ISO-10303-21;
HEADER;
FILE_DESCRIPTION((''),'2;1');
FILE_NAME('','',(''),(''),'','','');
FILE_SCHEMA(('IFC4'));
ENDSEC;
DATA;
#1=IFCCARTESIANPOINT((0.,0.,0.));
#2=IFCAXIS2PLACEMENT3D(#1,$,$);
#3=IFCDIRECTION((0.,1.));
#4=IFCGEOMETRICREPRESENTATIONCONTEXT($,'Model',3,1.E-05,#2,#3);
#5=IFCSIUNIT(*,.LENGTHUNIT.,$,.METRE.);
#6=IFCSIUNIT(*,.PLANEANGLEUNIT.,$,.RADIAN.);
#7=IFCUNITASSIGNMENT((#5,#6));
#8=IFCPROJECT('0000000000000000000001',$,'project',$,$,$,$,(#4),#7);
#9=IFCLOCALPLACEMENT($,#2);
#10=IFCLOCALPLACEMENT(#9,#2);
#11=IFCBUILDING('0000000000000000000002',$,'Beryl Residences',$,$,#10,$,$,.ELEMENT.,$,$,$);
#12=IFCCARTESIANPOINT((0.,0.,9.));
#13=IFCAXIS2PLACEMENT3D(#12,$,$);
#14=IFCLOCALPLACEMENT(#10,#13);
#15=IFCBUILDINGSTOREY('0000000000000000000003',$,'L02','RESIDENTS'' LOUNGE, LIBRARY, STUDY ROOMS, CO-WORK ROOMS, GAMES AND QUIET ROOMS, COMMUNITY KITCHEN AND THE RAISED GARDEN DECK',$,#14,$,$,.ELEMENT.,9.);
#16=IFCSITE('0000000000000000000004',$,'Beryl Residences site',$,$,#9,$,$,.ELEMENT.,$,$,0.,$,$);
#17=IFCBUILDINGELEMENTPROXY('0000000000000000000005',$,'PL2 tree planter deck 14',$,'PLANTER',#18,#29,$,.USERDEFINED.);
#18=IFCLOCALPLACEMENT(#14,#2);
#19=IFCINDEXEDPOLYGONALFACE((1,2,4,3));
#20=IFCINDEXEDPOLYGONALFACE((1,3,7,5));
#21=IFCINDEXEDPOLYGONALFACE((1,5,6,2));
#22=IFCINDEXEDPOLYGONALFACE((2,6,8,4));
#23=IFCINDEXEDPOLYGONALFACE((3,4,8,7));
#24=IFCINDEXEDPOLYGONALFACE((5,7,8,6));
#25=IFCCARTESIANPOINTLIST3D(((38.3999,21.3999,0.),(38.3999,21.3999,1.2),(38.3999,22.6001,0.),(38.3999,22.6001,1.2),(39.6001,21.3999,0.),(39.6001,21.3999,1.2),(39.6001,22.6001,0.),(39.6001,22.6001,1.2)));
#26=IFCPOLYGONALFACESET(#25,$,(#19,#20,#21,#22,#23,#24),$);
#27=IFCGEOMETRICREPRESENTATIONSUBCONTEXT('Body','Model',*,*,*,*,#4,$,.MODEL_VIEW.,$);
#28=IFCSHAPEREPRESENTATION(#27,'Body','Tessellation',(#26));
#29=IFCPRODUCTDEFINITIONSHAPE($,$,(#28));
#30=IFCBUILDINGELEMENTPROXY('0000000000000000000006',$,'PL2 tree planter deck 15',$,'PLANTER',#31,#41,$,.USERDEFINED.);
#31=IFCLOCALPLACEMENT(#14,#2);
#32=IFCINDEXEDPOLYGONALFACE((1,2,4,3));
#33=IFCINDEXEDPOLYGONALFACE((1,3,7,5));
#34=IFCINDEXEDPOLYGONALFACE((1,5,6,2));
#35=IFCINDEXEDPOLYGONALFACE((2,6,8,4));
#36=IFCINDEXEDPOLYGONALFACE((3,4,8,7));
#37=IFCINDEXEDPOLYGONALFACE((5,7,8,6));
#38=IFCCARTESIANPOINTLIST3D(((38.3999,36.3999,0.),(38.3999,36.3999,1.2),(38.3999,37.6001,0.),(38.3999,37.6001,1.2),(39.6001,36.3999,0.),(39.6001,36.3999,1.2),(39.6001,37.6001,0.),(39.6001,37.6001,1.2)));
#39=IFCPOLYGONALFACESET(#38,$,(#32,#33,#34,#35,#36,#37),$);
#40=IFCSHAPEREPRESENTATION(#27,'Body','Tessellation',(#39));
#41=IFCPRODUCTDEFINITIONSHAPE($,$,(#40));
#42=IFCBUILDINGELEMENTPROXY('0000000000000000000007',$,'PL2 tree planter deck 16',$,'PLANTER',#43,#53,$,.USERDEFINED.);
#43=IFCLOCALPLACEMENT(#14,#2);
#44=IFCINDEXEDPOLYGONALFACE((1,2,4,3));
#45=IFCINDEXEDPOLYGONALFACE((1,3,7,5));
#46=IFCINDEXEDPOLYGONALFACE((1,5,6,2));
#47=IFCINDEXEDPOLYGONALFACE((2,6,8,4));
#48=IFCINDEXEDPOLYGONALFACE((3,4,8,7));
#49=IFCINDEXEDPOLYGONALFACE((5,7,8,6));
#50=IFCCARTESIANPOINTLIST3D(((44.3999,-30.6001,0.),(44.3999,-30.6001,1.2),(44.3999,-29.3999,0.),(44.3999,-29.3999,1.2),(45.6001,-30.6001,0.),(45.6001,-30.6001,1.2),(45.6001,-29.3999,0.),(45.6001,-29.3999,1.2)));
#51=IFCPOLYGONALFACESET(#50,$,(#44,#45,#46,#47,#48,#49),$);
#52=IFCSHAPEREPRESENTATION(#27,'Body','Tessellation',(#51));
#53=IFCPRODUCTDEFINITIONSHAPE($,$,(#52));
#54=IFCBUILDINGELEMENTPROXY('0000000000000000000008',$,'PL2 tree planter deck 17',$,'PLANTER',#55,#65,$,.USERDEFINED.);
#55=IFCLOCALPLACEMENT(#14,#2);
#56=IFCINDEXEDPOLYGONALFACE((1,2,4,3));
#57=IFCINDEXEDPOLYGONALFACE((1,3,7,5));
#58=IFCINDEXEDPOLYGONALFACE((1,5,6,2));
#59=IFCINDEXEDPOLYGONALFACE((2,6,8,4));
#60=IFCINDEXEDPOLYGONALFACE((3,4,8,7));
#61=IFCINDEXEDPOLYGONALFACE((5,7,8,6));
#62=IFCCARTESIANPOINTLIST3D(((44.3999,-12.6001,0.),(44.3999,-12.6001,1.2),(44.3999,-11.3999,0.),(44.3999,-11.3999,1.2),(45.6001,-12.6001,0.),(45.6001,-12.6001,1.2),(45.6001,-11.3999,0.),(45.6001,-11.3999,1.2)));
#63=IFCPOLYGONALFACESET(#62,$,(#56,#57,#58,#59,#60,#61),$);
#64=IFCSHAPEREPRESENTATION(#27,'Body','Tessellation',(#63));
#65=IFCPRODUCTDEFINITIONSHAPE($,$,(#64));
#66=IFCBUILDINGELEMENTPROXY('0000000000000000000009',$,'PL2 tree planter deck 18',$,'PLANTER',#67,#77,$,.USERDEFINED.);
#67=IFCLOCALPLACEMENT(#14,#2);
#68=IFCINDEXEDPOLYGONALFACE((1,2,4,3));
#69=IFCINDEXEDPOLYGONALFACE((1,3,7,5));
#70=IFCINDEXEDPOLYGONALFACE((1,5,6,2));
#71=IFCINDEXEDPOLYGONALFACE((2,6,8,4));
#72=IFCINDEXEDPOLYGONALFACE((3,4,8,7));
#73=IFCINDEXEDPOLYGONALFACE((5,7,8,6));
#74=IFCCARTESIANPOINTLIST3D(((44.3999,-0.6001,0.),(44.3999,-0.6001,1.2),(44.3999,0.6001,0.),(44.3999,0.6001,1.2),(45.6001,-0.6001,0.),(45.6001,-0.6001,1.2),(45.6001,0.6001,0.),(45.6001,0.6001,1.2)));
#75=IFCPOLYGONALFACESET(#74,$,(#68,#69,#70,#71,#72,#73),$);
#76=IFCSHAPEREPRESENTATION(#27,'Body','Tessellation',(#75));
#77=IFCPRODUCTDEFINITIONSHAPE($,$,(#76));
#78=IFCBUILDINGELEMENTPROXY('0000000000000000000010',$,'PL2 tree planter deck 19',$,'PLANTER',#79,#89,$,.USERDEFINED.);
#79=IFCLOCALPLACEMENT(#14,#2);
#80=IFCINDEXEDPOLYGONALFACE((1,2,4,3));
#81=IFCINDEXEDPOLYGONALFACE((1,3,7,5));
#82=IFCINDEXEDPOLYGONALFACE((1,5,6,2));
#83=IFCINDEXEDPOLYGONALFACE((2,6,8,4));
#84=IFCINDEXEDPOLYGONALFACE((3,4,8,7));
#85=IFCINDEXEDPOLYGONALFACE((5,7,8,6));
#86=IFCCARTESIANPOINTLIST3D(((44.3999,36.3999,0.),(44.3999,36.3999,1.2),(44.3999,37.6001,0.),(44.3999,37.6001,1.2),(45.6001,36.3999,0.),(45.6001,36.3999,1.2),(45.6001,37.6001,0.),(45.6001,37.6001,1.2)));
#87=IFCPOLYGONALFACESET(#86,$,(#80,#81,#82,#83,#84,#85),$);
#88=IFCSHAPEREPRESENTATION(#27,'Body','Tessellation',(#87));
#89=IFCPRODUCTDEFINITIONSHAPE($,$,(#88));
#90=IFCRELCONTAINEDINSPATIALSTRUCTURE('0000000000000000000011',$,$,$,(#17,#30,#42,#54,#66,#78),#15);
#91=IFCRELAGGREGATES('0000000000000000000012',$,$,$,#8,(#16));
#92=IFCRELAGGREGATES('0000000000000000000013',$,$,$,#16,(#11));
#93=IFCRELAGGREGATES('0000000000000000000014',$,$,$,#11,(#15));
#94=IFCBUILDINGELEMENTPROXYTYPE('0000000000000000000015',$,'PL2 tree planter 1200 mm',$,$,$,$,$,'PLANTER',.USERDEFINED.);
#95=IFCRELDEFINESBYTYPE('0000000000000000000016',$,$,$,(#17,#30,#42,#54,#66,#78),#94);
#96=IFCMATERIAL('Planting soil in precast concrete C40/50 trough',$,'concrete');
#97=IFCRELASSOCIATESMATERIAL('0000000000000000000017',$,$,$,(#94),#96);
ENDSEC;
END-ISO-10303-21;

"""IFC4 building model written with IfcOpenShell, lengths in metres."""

from ifc_helpers import new_model, si_unit, direction, frame, origin, place, context, subcontext, project, spatial, polyline, outline, extrude, material, type_object, element, save


model = new_model("IFC4")

# Units and contexts
model_context = context("Model", 3, precision=1e-05, world=origin(), true_north=direction((0.0, 1.0)))
body_context = subcontext(model_context, "Body", "Model", "MODEL_VIEW")
ifc_project = project(units=[si_unit("LENGTHUNIT", "METRE"), si_unit("PLANEANGLEUNIT", "RADIAN")], contexts=[model_context])

# Site, building, storey
site_placement = place(None, origin())
site = spatial("IfcSite", under=ifc_project, at=site_placement, Name="Beryl Residences site", CompositionType="ELEMENT", RefElevation=0.0)
building_placement = place(site_placement, origin())
building = spatial("IfcBuilding", under=site, at=building_placement, Name="Beryl Residences", CompositionType="ELEMENT")
storey_placement = place(building_placement, frame((0.0, 0.0, 9.0)))
storey = spatial("IfcBuildingStorey", under=building, at=storey_placement, Name="L02", Description="RESIDENTS' LOUNGE, LIBRARY, STUDY ROOMS, CO-WORK ROOMS, GAMES AND QUIET ROOMS, COMMUNITY KITCHEN AND THE RAISED GARDEN DECK", CompositionType="ELEMENT", Elevation=9.0)

# Building element proxies
ifc_material_1 = material(Name="Planting soil in precast concrete C40/50 trough", Category="concrete")
building_element_proxy_type = type_object("IfcBuildingElementProxyType", Name="PL2 tree planter 1200 mm", ElementType="PLANTER", PredefinedType="USERDEFINED", material=ifc_material_1)
proxy_1_placement = place(storey_placement, origin())
element("IfcBuildingElementProxy", 1, at=proxy_1_placement, inside=storey, type_object=building_element_proxy_type, Name="PL2 tree planter deck 14", ObjectType="PLANTER", PredefinedType="USERDEFINED", context=body_context, shape_type="SweptSolid", body=[
    extrude(outline(polyline([(39.6001, 21.3999), (39.6001, 22.6001), (38.3999, 22.6001), (38.3999, 21.3999), (39.6001, 21.3999)])), origin(), (0.0, 0.0, 1.0), 1.2),
])
proxy_2_placement = place(storey_placement, origin())
element("IfcBuildingElementProxy", 2, at=proxy_2_placement, inside=storey, type_object=building_element_proxy_type, Name="PL2 tree planter deck 15", ObjectType="PLANTER", PredefinedType="USERDEFINED", context=body_context, shape_type="SweptSolid", body=[
    extrude(outline(polyline([(39.6001, 36.3999), (39.6001, 37.6001), (38.3999, 37.6001), (38.3999, 36.3999), (39.6001, 36.3999)])), origin(), (0.0, 0.0, 1.0), 1.2),
])
proxy_3_placement = place(storey_placement, origin())
element("IfcBuildingElementProxy", 3, at=proxy_3_placement, inside=storey, type_object=building_element_proxy_type, Name="PL2 tree planter deck 16", ObjectType="PLANTER", PredefinedType="USERDEFINED", context=body_context, shape_type="SweptSolid", body=[
    extrude(outline(polyline([(45.6001, -30.6001), (45.6001, -29.3999), (44.3999, -29.3999), (44.3999, -30.6001), (45.6001, -30.6001)])), origin(), (0.0, 0.0, 1.0), 1.2),
])
proxy_4_placement = place(storey_placement, origin())
element("IfcBuildingElementProxy", 4, at=proxy_4_placement, inside=storey, type_object=building_element_proxy_type, Name="PL2 tree planter deck 17", ObjectType="PLANTER", PredefinedType="USERDEFINED", context=body_context, shape_type="SweptSolid", body=[
    extrude(outline(polyline([(45.6001, -12.6001), (45.6001, -11.3999), (44.3999, -11.3999), (44.3999, -12.6001), (45.6001, -12.6001)])), origin(), (0.0, 0.0, 1.0), 1.2),
])
proxy_5_placement = place(storey_placement, origin())
element("IfcBuildingElementProxy", 5, at=proxy_5_placement, inside=storey, type_object=building_element_proxy_type, Name="PL2 tree planter deck 18", ObjectType="PLANTER", PredefinedType="USERDEFINED", context=body_context, shape_type="SweptSolid", body=[
    extrude(outline(polyline([(45.6001, -0.6001), (45.6001, 0.6001), (44.3999, 0.6001), (44.3999, -0.6001), (45.6001, -0.6001)])), origin(), (0.0, 0.0, 1.0), 1.2),
])
proxy_6_placement = place(storey_placement, origin())
element("IfcBuildingElementProxy", 6, at=proxy_6_placement, inside=storey, type_object=building_element_proxy_type, Name="PL2 tree planter deck 19", ObjectType="PLANTER", PredefinedType="USERDEFINED", context=body_context, shape_type="SweptSolid", body=[
    extrude(outline(polyline([(45.6001, 36.3999), (45.6001, 37.6001), (44.3999, 37.6001), (44.3999, 36.3999), (45.6001, 36.3999)])), origin(), (0.0, 0.0, 1.0), 1.2),
])

save(model, "model.ifc")
